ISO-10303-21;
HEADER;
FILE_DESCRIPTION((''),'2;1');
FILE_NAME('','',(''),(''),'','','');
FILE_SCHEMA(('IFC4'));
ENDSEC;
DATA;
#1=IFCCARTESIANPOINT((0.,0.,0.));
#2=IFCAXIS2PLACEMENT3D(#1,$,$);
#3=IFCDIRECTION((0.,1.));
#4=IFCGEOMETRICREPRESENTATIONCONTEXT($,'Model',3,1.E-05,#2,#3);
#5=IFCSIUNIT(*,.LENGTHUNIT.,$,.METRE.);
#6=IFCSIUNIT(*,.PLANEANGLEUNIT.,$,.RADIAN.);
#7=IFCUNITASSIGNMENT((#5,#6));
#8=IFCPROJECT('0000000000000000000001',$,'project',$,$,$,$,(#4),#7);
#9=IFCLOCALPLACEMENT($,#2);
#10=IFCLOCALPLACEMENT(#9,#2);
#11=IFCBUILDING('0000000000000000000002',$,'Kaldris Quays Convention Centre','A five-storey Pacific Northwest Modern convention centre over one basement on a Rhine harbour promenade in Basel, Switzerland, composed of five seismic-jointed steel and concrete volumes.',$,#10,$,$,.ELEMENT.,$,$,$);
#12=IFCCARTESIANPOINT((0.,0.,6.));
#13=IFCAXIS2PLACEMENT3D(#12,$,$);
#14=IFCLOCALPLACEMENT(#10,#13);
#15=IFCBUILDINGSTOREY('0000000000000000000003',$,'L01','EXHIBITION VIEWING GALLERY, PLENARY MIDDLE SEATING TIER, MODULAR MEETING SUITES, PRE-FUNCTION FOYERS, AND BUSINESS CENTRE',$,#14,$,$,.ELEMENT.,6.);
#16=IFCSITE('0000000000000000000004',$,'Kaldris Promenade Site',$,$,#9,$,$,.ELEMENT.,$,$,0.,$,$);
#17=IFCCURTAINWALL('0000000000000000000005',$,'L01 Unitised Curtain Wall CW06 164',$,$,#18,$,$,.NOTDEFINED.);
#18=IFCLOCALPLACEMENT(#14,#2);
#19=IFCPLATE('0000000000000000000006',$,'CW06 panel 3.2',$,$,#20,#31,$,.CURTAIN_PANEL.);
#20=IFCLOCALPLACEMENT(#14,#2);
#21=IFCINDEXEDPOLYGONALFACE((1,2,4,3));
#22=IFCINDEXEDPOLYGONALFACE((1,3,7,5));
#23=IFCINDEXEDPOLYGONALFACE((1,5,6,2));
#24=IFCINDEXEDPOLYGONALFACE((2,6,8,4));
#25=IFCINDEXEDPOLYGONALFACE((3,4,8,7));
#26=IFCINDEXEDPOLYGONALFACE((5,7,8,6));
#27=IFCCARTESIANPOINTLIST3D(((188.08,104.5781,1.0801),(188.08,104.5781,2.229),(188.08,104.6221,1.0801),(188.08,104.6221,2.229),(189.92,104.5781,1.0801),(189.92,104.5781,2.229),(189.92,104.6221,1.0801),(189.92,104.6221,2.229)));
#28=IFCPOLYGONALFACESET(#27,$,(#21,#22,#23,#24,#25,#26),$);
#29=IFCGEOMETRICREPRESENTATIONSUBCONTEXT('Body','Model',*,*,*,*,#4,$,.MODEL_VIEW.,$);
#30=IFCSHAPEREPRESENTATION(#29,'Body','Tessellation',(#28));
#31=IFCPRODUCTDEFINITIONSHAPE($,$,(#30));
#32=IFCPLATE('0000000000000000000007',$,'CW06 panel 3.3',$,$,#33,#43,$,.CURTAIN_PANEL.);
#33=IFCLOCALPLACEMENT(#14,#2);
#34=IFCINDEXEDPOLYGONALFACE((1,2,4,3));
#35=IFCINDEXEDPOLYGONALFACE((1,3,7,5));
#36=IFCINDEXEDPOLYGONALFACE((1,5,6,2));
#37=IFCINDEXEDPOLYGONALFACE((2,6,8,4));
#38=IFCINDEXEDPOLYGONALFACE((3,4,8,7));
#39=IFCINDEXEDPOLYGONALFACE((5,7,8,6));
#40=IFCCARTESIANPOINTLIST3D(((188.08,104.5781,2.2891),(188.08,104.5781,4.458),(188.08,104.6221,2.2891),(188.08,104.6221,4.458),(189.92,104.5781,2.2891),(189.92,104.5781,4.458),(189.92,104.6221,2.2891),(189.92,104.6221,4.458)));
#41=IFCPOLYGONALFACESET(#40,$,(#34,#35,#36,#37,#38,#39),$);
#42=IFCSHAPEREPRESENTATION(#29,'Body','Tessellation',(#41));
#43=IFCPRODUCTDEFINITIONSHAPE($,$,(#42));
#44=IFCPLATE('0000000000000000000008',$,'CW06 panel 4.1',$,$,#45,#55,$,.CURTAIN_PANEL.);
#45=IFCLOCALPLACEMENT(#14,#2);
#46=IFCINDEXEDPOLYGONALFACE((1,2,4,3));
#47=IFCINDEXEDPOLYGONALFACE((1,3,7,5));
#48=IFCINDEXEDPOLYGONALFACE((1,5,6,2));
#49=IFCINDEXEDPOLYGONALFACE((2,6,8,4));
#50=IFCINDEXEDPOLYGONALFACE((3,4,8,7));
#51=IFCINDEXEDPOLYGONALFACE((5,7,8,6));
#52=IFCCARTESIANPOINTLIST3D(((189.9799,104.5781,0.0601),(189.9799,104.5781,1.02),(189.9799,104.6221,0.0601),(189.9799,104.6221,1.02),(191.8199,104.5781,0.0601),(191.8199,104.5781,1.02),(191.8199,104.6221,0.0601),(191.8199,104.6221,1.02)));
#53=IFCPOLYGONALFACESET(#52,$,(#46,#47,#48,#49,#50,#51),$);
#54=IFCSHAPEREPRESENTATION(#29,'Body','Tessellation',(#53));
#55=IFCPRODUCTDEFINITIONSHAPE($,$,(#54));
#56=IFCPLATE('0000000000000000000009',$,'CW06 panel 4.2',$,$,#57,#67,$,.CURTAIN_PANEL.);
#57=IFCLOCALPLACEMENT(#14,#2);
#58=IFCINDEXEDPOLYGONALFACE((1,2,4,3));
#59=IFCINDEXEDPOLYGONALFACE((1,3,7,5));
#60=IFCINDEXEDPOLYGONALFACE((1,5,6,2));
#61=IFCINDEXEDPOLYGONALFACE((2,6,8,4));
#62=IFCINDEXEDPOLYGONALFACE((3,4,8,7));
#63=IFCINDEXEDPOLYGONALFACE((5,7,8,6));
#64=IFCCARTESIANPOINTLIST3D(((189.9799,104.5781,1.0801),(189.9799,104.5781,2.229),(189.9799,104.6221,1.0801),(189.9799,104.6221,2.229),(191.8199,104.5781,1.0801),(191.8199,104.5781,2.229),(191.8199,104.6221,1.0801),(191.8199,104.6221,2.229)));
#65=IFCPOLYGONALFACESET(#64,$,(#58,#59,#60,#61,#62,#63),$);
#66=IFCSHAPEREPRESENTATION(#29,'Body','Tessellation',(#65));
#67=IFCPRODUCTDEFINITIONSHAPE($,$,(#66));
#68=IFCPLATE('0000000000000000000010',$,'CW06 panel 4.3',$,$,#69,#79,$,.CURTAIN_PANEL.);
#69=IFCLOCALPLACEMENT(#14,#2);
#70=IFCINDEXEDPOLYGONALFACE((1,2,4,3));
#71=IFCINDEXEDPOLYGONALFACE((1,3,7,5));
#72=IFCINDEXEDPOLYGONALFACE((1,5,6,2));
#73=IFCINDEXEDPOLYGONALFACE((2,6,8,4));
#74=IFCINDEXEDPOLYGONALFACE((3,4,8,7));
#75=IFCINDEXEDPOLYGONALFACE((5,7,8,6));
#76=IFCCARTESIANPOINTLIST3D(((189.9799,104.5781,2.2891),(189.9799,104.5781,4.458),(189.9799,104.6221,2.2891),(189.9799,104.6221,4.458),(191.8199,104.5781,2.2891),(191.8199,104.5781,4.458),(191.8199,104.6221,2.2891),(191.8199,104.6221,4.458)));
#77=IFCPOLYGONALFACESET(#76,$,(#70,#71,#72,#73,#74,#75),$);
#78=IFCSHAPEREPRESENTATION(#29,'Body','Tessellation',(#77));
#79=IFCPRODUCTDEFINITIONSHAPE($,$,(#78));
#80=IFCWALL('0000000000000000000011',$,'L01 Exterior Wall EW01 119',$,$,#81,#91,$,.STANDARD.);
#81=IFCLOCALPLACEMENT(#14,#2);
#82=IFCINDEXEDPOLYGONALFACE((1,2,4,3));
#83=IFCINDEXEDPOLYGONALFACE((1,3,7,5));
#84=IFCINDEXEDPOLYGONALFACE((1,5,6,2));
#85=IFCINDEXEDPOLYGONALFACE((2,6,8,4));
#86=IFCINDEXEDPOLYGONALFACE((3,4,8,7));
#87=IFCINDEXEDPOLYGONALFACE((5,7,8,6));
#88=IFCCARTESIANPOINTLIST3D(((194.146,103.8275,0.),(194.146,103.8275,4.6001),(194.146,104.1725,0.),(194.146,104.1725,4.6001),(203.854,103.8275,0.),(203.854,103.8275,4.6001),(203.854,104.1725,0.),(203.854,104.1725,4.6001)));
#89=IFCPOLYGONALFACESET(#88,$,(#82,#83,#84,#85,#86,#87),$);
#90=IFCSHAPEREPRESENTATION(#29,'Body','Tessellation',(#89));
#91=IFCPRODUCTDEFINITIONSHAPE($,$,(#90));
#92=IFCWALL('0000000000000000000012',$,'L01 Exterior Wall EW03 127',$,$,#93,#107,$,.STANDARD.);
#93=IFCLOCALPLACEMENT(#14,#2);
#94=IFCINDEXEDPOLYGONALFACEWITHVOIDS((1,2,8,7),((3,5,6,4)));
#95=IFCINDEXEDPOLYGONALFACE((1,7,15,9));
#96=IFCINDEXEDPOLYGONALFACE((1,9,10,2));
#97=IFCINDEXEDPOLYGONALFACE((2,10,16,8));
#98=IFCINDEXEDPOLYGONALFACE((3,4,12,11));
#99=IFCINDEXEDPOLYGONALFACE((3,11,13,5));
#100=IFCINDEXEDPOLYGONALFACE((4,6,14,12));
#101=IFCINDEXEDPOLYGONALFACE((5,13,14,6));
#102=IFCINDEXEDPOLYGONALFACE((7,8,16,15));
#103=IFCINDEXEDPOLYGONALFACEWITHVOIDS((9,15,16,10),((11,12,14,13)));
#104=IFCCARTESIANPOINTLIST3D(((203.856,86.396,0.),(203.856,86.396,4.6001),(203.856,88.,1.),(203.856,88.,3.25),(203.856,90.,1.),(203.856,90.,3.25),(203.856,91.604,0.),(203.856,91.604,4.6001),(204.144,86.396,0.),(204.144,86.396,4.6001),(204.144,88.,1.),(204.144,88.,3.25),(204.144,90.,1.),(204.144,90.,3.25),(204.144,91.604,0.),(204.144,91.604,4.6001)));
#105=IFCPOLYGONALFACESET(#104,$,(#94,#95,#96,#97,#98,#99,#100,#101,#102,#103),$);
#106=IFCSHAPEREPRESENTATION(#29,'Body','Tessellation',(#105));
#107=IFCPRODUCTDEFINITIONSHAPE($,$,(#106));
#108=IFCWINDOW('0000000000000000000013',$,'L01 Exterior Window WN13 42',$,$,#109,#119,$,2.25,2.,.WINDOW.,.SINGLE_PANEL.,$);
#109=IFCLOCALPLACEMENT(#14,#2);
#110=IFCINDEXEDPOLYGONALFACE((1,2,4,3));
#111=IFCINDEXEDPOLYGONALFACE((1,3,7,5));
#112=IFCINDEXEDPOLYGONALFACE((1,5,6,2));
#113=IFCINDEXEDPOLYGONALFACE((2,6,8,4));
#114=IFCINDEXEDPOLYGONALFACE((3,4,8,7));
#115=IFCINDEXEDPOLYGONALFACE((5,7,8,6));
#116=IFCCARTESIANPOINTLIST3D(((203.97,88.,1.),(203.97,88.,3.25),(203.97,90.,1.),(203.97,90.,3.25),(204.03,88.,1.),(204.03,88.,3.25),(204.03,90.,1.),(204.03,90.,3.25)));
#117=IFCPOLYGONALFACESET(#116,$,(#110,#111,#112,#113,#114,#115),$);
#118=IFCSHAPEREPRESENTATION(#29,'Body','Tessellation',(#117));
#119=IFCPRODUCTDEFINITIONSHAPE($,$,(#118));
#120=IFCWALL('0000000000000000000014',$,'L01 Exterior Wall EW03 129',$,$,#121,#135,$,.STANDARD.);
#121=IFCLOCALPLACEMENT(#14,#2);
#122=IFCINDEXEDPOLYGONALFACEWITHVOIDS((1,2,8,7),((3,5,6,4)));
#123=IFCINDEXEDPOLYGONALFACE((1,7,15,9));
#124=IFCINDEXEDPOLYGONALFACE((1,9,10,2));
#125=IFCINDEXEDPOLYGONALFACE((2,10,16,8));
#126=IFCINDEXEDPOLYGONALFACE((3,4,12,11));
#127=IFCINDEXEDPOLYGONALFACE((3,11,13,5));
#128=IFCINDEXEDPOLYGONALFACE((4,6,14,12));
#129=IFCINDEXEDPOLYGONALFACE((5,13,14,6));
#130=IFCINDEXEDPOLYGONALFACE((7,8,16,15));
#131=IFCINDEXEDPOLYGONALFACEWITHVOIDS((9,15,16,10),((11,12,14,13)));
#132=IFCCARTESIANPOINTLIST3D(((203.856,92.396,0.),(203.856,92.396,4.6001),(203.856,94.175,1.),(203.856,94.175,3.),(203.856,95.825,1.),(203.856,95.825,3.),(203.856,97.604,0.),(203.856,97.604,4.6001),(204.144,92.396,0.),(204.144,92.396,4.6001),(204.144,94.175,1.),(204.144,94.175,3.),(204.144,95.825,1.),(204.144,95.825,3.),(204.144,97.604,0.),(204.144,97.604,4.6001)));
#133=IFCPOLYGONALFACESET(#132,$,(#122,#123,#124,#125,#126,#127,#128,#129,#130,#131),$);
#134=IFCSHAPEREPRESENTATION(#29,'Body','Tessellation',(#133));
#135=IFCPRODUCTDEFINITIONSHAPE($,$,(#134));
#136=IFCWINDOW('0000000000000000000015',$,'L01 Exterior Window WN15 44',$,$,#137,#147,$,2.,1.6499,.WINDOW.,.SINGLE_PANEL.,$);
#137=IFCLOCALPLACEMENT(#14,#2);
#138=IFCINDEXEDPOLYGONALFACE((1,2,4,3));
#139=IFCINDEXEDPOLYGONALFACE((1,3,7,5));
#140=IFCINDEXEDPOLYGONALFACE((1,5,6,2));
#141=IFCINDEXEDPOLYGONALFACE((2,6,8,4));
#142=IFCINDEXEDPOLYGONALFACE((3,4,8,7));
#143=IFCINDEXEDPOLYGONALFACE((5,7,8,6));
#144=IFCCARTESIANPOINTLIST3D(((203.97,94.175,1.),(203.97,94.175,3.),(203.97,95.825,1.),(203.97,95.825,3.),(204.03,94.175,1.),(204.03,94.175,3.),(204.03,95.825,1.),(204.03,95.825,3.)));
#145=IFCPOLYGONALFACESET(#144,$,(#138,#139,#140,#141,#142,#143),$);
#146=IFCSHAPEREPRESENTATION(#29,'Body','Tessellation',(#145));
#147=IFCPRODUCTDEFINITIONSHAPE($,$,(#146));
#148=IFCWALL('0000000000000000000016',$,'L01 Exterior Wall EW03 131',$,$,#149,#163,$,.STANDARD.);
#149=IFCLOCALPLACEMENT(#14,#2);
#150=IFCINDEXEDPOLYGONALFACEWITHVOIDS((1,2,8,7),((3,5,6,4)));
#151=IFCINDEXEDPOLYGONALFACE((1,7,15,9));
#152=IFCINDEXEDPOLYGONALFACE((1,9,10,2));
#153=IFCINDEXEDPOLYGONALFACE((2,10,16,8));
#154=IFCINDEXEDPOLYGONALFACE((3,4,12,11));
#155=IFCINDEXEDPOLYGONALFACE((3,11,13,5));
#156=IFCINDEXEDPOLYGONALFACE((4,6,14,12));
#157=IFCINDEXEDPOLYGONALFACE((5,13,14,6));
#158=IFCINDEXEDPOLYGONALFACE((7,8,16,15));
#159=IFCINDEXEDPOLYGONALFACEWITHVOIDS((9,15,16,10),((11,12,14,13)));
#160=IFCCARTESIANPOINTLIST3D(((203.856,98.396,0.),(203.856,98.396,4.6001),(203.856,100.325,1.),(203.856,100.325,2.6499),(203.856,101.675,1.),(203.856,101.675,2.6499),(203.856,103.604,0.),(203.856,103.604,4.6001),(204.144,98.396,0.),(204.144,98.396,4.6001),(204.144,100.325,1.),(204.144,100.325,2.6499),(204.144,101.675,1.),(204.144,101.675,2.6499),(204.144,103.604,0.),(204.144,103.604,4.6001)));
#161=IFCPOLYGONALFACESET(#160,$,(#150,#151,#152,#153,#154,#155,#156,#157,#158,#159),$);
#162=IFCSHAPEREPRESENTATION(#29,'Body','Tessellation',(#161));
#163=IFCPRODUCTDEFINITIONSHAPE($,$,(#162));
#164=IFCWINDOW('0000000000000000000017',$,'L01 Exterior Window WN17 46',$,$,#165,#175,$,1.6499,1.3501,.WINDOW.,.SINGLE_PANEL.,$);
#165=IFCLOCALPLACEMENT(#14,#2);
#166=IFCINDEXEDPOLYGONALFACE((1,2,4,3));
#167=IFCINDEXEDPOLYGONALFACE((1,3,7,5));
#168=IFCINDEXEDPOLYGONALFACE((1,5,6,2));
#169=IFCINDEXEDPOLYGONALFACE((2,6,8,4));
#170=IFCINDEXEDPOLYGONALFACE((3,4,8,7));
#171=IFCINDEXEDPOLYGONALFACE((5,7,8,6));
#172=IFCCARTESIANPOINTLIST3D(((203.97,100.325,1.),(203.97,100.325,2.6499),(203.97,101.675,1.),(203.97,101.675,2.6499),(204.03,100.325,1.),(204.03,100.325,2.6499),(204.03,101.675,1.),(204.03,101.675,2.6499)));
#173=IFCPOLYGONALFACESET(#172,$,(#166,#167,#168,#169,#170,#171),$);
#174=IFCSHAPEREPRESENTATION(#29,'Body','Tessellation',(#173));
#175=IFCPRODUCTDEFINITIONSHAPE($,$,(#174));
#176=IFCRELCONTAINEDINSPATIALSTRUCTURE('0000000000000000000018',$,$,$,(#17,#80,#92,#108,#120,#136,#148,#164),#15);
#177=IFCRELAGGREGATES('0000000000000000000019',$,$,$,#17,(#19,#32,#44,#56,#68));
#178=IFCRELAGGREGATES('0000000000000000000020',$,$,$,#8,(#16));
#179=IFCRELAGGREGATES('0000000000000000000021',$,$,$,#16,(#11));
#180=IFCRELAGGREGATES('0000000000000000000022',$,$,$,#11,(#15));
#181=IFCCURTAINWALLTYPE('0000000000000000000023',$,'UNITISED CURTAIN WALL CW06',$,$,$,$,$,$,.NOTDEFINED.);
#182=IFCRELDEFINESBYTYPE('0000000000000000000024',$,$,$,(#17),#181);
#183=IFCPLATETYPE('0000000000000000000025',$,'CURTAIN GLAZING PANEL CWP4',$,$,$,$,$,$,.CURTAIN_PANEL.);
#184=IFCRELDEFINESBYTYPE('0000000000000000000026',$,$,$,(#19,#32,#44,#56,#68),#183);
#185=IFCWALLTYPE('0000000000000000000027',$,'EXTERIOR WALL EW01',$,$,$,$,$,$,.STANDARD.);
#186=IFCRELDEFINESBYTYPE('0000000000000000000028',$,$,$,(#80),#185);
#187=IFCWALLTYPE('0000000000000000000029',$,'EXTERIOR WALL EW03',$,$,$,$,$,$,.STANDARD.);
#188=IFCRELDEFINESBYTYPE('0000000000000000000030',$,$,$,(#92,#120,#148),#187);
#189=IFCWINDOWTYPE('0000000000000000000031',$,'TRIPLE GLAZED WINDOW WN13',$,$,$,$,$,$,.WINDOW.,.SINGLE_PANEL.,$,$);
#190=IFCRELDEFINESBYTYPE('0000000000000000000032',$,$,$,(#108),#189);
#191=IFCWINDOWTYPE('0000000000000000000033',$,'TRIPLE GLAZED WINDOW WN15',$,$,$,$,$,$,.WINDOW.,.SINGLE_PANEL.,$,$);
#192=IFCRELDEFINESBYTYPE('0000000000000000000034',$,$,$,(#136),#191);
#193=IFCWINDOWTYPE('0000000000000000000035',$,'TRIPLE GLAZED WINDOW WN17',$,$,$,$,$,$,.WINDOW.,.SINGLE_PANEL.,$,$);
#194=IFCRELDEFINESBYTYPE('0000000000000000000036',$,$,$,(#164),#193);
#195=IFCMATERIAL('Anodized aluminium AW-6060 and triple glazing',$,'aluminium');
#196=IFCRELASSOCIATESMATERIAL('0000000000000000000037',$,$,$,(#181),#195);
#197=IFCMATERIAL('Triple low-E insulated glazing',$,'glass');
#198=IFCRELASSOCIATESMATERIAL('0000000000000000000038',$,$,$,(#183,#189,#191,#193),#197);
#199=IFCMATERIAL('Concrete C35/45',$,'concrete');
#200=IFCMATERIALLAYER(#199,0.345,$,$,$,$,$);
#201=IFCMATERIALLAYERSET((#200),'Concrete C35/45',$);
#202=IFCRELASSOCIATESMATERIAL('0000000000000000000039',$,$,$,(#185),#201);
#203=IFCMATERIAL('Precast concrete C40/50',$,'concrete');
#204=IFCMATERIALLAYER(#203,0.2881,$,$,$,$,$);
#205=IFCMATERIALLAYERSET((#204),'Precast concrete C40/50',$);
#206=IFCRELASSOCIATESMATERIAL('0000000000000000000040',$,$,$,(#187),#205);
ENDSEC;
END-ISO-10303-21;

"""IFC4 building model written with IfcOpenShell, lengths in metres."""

from ifc_helpers import new_model, si_unit, direction, frame, frame_2d, origin, origin_2d, place, context, subcontext, project, spatial, rectangle, extrude, material, layer, layer_set, type_object, element, fill, aggregate, save


model = new_model("IFC4")

# Units and contexts
model_context = context("Model", 3, precision=1e-05, world=origin(), true_north=direction((0.0, 1.0)))
body_context = subcontext(model_context, "Body", "Model", "MODEL_VIEW")
ifc_project = project(units=[si_unit("LENGTHUNIT", "METRE"), si_unit("PLANEANGLEUNIT", "RADIAN")], contexts=[model_context])

# Site, building, storey
site_placement = place(None, origin())
site = spatial("IfcSite", under=ifc_project, at=site_placement, Name="Kaldris Promenade Site", CompositionType="ELEMENT", RefElevation=0.0)
building_placement = place(site_placement, origin())
building = spatial("IfcBuilding", under=site, at=building_placement, Name="Kaldris Quays Convention Centre", Description="A five-storey Pacific Northwest Modern convention centre over one basement on a Rhine harbour promenade in Basel, Switzerland, composed of five seismic-jointed steel and concrete volumes.", CompositionType="ELEMENT")
storey_placement = place(building_placement, frame((0.0, 0.0, 6.0)))
storey = spatial("IfcBuildingStorey", under=building, at=storey_placement, Name="L01", Description="EXHIBITION VIEWING GALLERY, PLENARY MIDDLE SEATING TIER, MODULAR MEETING SUITES, PRE-FUNCTION FOYERS, AND BUSINESS CENTRE", CompositionType="ELEMENT", Elevation=6.0)

# Curtain wall
ifc_material_1 = material(Name="Anodized aluminium AW-6060 and triple glazing", Category="aluminium")
curtain_wall_type = type_object("IfcCurtainWallType", Name="UNITISED CURTAIN WALL CW06", PredefinedType="NOTDEFINED", material=ifc_material_1)
curtain_wall_placement = place(storey_placement, origin())
curtain_wall = element("IfcCurtainWall", 1, at=curtain_wall_placement, inside=storey, type_object=curtain_wall_type, Name="L01 Unitised Curtain Wall CW06 164", PredefinedType="NOTDEFINED")

# Plates
ifc_material_2 = material(Name="Triple low-E insulated glazing", Category="glass")
plate_type = type_object("IfcPlateType", Name="CURTAIN GLAZING PANEL CWP4", PredefinedType="CURTAIN_PANEL", material=ifc_material_2)
plate_1_placement = place(storey_placement, frame((189.0, 104.6001, 1.0801), z_axis=(0.0, 0.0, 1.0), x_axis=(1.0, 0.0, 0.0)))
plate_1 = element("IfcPlate", 2, at=plate_1_placement, type_object=plate_type, Name="CW06 panel 3.2", PredefinedType="CURTAIN_PANEL", context=body_context, shape_type="SweptSolid", body=[
    extrude(rectangle(XDim=1.8401, YDim=0.0439, at=origin_2d()), origin(), (0.0, 0.0, 1.0), 1.1489),
])
plate_2_placement = place(storey_placement, frame((189.0, 104.6001, 2.2891), z_axis=(0.0, 0.0, 1.0), x_axis=(1.0, 0.0, 0.0)))
plate_2 = element("IfcPlate", 3, at=plate_2_placement, type_object=plate_type, Name="CW06 panel 3.3", PredefinedType="CURTAIN_PANEL", context=body_context, shape_type="SweptSolid", body=[
    extrude(rectangle(XDim=1.8401, YDim=0.0439, at=origin_2d()), origin(), (0.0, 0.0, 1.0), 2.1689),
])
plate_3_placement = place(storey_placement, frame((190.8999, 104.6001, 0.0601), z_axis=(0.0, 0.0, 1.0), x_axis=(1.0, 0.0, 0.0)))
plate_3 = element("IfcPlate", 4, at=plate_3_placement, type_object=plate_type, Name="CW06 panel 4.1", PredefinedType="CURTAIN_PANEL", context=body_context, shape_type="SweptSolid", body=[
    extrude(rectangle(XDim=1.8401, YDim=0.0439, at=origin_2d()), origin(), (0.0, 0.0, 1.0), 0.96),
])
plate_4_placement = place(storey_placement, frame((190.8999, 104.6001, 1.0801), z_axis=(0.0, 0.0, 1.0), x_axis=(1.0, 0.0, 0.0)))
plate_4 = element("IfcPlate", 5, at=plate_4_placement, type_object=plate_type, Name="CW06 panel 4.2", PredefinedType="CURTAIN_PANEL", context=body_context, shape_type="SweptSolid", body=[
    extrude(rectangle(XDim=1.8401, YDim=0.0439, at=origin_2d()), origin(), (0.0, 0.0, 1.0), 1.1489),
])
plate_5_placement = place(storey_placement, frame((190.8999, 104.6001, 2.2891), z_axis=(0.0, 0.0, 1.0), x_axis=(1.0, 0.0, 0.0)))
plate_5 = element("IfcPlate", 6, at=plate_5_placement, type_object=plate_type, Name="CW06 panel 4.3", PredefinedType="CURTAIN_PANEL", context=body_context, shape_type="SweptSolid", body=[
    extrude(rectangle(XDim=1.8401, YDim=0.0439, at=origin_2d()), origin(), (0.0, 0.0, 1.0), 2.1689),
])
aggregate(curtain_wall, [plate_1, plate_2, plate_3, plate_4, plate_5])

# Wall
ifc_material_3 = material(Name="Concrete C35/45", Category="concrete")
ifc_layer_1 = layer(ifc_material_3, 0.345)
ifc_layer_set_1 = layer_set([ifc_layer_1], Name="Concrete C35/45")
wall_type_1 = type_object("IfcWallType", Name="EXTERIOR WALL EW01", PredefinedType="STANDARD", material=ifc_layer_set_1)
wall_1_placement = place(storey_placement, frame((194.146, 104.0, 0.0), z_axis=(0.0, 0.0, 1.0), x_axis=(1.0, 0.0, 0.0)))
element("IfcWall", 7, at=wall_1_placement, inside=storey, type_object=wall_type_1, Name="L01 Exterior Wall EW01 119", PredefinedType="STANDARD", context=body_context, shape_type="SweptSolid", body=[
    extrude(rectangle(XDim=9.708, YDim=0.345, at=frame_2d((4.854, 0.0))), origin(), (0.0, 0.0, 1.0), 4.6001),
])

# Walls, openings, windows
ifc_material_4 = material(Name="Precast concrete C40/50", Category="concrete")
ifc_layer_2 = layer(ifc_material_4, 0.2881)
ifc_layer_set_2 = layer_set([ifc_layer_2], Name="Precast concrete C40/50")
wall_type_2 = type_object("IfcWallType", Name="EXTERIOR WALL EW03", PredefinedType="STANDARD", material=ifc_layer_set_2)
wall_2_placement = place(storey_placement, frame((204.0, 86.396, 0.0), z_axis=(0.0, 0.0, 1.0), x_axis=(0.0, 1.0, 0.0)))
wall_2 = element("IfcWall", 8, at=wall_2_placement, inside=storey, type_object=wall_type_2, Name="L01 Exterior Wall EW03 127", PredefinedType="STANDARD", context=body_context, shape_type="SweptSolid", body=[
    extrude(rectangle(XDim=5.208, YDim=0.2881, at=frame_2d((2.604, 0.0))), origin(), (0.0, 0.0, 1.0), 4.6001),
])
opening_1_placement = place(wall_2_placement, frame((1.604, 0.0, 1.0)))
opening_1 = element("IfcOpeningElement", 9, at=opening_1_placement, cuts=wall_2, PredefinedType="OPENING", context=body_context, shape_type="SweptSolid", body=[
    extrude(rectangle(XDim=2.0, YDim=2.25, at=frame_2d((1.0, 1.125))), frame((0.0, 0.1541, 0.0), z_axis=(0.0, -1.0, 0.0), x_axis=(1.0, 0.0, 0.0)), (0.0, 0.0, 1.0), 0.3081),
])
window_type_1 = type_object("IfcWindowType", Name="TRIPLE GLAZED WINDOW WN13", PartitioningType="SINGLE_PANEL", PredefinedType="WINDOW", material=ifc_material_2)
window_1_placement = place(opening_1_placement, origin())
window_1 = element("IfcWindow", 10, at=window_1_placement, inside=storey, type_object=window_type_1, Name="L01 Exterior Window WN13 42", OverallHeight=2.25, OverallWidth=2.0, PartitioningType="SINGLE_PANEL", PredefinedType="WINDOW", context=body_context, shape_type="SweptSolid", body=[
    extrude(rectangle(XDim=2.0, YDim=2.25, at=frame_2d((1.0, 1.125))), frame((0.0, 0.03, 0.0), z_axis=(0.0, -1.0, 0.0), x_axis=(1.0, 0.0, 0.0)), (0.0, 0.0, 1.0), 0.0601),
])
fill(opening_1, window_1)
wall_3_placement = place(storey_placement, frame((204.0, 92.396, 0.0), z_axis=(0.0, 0.0, 1.0), x_axis=(0.0, 1.0, 0.0)))
wall_3 = element("IfcWall", 11, at=wall_3_placement, inside=storey, type_object=wall_type_2, Name="L01 Exterior Wall EW03 129", PredefinedType="STANDARD", context=body_context, shape_type="SweptSolid", body=[
    extrude(rectangle(XDim=5.208, YDim=0.2881, at=frame_2d((2.604, 0.0))), origin(), (0.0, 0.0, 1.0), 4.6001),
])
opening_2_placement = place(wall_3_placement, frame((1.7791, 0.0, 1.0)))
opening_2 = element("IfcOpeningElement", 12, at=opening_2_placement, cuts=wall_3, PredefinedType="OPENING", context=body_context, shape_type="SweptSolid", body=[
    extrude(rectangle(XDim=1.6499, YDim=2.0, at=frame_2d((0.825, 1.0))), frame((0.0, 0.1541, 0.0), z_axis=(0.0, -1.0, 0.0), x_axis=(1.0, 0.0, 0.0)), (0.0, 0.0, 1.0), 0.3081),
])
window_type_2 = type_object("IfcWindowType", Name="TRIPLE GLAZED WINDOW WN15", PartitioningType="SINGLE_PANEL", PredefinedType="WINDOW", material=ifc_material_2)
window_2_placement = place(opening_2_placement, origin())
window_2 = element("IfcWindow", 13, at=window_2_placement, inside=storey, type_object=window_type_2, Name="L01 Exterior Window WN15 44", OverallHeight=2.0, OverallWidth=1.6499, PartitioningType="SINGLE_PANEL", PredefinedType="WINDOW", context=body_context, shape_type="SweptSolid", body=[
    extrude(rectangle(XDim=1.6499, YDim=2.0, at=frame_2d((0.825, 1.0))), frame((0.0, 0.03, 0.0), z_axis=(0.0, -1.0, 0.0), x_axis=(1.0, 0.0, 0.0)), (0.0, 0.0, 1.0), 0.0601),
])
fill(opening_2, window_2)
wall_4_placement = place(storey_placement, frame((204.0, 98.396, 0.0), z_axis=(0.0, 0.0, 1.0), x_axis=(0.0, 1.0, 0.0)))
wall_4 = element("IfcWall", 14, at=wall_4_placement, inside=storey, type_object=wall_type_2, Name="L01 Exterior Wall EW03 131", PredefinedType="STANDARD", context=body_context, shape_type="SweptSolid", body=[
    extrude(rectangle(XDim=5.208, YDim=0.2881, at=frame_2d((2.604, 0.0))), origin(), (0.0, 0.0, 1.0), 4.6001),
])
opening_3_placement = place(wall_4_placement, frame((1.929, 0.0, 1.0)))
opening_3 = element("IfcOpeningElement", 15, at=opening_3_placement, cuts=wall_4, PredefinedType="OPENING", context=body_context, shape_type="SweptSolid", body=[
    extrude(rectangle(XDim=1.3501, YDim=1.6499, at=frame_2d((0.675, 0.825))), frame((0.0, 0.1541, 0.0), z_axis=(0.0, -1.0, 0.0), x_axis=(1.0, 0.0, 0.0)), (0.0, 0.0, 1.0), 0.3081),
])
window_type_3 = type_object("IfcWindowType", Name="TRIPLE GLAZED WINDOW WN17", PartitioningType="SINGLE_PANEL", PredefinedType="WINDOW", material=ifc_material_2)
window_3_placement = place(opening_3_placement, origin())
window_3 = element("IfcWindow", 16, at=window_3_placement, inside=storey, type_object=window_type_3, Name="L01 Exterior Window WN17 46", OverallHeight=1.6499, OverallWidth=1.3501, PartitioningType="SINGLE_PANEL", PredefinedType="WINDOW", context=body_context, shape_type="SweptSolid", body=[
    extrude(rectangle(XDim=1.3501, YDim=1.6499, at=frame_2d((0.675, 0.825))), frame((0.0, 0.03, 0.0), z_axis=(0.0, -1.0, 0.0), x_axis=(1.0, 0.0, 0.0)), (0.0, 0.0, 1.0), 0.0601),
])
fill(opening_3, window_3)

save(model, "model.ifc")
